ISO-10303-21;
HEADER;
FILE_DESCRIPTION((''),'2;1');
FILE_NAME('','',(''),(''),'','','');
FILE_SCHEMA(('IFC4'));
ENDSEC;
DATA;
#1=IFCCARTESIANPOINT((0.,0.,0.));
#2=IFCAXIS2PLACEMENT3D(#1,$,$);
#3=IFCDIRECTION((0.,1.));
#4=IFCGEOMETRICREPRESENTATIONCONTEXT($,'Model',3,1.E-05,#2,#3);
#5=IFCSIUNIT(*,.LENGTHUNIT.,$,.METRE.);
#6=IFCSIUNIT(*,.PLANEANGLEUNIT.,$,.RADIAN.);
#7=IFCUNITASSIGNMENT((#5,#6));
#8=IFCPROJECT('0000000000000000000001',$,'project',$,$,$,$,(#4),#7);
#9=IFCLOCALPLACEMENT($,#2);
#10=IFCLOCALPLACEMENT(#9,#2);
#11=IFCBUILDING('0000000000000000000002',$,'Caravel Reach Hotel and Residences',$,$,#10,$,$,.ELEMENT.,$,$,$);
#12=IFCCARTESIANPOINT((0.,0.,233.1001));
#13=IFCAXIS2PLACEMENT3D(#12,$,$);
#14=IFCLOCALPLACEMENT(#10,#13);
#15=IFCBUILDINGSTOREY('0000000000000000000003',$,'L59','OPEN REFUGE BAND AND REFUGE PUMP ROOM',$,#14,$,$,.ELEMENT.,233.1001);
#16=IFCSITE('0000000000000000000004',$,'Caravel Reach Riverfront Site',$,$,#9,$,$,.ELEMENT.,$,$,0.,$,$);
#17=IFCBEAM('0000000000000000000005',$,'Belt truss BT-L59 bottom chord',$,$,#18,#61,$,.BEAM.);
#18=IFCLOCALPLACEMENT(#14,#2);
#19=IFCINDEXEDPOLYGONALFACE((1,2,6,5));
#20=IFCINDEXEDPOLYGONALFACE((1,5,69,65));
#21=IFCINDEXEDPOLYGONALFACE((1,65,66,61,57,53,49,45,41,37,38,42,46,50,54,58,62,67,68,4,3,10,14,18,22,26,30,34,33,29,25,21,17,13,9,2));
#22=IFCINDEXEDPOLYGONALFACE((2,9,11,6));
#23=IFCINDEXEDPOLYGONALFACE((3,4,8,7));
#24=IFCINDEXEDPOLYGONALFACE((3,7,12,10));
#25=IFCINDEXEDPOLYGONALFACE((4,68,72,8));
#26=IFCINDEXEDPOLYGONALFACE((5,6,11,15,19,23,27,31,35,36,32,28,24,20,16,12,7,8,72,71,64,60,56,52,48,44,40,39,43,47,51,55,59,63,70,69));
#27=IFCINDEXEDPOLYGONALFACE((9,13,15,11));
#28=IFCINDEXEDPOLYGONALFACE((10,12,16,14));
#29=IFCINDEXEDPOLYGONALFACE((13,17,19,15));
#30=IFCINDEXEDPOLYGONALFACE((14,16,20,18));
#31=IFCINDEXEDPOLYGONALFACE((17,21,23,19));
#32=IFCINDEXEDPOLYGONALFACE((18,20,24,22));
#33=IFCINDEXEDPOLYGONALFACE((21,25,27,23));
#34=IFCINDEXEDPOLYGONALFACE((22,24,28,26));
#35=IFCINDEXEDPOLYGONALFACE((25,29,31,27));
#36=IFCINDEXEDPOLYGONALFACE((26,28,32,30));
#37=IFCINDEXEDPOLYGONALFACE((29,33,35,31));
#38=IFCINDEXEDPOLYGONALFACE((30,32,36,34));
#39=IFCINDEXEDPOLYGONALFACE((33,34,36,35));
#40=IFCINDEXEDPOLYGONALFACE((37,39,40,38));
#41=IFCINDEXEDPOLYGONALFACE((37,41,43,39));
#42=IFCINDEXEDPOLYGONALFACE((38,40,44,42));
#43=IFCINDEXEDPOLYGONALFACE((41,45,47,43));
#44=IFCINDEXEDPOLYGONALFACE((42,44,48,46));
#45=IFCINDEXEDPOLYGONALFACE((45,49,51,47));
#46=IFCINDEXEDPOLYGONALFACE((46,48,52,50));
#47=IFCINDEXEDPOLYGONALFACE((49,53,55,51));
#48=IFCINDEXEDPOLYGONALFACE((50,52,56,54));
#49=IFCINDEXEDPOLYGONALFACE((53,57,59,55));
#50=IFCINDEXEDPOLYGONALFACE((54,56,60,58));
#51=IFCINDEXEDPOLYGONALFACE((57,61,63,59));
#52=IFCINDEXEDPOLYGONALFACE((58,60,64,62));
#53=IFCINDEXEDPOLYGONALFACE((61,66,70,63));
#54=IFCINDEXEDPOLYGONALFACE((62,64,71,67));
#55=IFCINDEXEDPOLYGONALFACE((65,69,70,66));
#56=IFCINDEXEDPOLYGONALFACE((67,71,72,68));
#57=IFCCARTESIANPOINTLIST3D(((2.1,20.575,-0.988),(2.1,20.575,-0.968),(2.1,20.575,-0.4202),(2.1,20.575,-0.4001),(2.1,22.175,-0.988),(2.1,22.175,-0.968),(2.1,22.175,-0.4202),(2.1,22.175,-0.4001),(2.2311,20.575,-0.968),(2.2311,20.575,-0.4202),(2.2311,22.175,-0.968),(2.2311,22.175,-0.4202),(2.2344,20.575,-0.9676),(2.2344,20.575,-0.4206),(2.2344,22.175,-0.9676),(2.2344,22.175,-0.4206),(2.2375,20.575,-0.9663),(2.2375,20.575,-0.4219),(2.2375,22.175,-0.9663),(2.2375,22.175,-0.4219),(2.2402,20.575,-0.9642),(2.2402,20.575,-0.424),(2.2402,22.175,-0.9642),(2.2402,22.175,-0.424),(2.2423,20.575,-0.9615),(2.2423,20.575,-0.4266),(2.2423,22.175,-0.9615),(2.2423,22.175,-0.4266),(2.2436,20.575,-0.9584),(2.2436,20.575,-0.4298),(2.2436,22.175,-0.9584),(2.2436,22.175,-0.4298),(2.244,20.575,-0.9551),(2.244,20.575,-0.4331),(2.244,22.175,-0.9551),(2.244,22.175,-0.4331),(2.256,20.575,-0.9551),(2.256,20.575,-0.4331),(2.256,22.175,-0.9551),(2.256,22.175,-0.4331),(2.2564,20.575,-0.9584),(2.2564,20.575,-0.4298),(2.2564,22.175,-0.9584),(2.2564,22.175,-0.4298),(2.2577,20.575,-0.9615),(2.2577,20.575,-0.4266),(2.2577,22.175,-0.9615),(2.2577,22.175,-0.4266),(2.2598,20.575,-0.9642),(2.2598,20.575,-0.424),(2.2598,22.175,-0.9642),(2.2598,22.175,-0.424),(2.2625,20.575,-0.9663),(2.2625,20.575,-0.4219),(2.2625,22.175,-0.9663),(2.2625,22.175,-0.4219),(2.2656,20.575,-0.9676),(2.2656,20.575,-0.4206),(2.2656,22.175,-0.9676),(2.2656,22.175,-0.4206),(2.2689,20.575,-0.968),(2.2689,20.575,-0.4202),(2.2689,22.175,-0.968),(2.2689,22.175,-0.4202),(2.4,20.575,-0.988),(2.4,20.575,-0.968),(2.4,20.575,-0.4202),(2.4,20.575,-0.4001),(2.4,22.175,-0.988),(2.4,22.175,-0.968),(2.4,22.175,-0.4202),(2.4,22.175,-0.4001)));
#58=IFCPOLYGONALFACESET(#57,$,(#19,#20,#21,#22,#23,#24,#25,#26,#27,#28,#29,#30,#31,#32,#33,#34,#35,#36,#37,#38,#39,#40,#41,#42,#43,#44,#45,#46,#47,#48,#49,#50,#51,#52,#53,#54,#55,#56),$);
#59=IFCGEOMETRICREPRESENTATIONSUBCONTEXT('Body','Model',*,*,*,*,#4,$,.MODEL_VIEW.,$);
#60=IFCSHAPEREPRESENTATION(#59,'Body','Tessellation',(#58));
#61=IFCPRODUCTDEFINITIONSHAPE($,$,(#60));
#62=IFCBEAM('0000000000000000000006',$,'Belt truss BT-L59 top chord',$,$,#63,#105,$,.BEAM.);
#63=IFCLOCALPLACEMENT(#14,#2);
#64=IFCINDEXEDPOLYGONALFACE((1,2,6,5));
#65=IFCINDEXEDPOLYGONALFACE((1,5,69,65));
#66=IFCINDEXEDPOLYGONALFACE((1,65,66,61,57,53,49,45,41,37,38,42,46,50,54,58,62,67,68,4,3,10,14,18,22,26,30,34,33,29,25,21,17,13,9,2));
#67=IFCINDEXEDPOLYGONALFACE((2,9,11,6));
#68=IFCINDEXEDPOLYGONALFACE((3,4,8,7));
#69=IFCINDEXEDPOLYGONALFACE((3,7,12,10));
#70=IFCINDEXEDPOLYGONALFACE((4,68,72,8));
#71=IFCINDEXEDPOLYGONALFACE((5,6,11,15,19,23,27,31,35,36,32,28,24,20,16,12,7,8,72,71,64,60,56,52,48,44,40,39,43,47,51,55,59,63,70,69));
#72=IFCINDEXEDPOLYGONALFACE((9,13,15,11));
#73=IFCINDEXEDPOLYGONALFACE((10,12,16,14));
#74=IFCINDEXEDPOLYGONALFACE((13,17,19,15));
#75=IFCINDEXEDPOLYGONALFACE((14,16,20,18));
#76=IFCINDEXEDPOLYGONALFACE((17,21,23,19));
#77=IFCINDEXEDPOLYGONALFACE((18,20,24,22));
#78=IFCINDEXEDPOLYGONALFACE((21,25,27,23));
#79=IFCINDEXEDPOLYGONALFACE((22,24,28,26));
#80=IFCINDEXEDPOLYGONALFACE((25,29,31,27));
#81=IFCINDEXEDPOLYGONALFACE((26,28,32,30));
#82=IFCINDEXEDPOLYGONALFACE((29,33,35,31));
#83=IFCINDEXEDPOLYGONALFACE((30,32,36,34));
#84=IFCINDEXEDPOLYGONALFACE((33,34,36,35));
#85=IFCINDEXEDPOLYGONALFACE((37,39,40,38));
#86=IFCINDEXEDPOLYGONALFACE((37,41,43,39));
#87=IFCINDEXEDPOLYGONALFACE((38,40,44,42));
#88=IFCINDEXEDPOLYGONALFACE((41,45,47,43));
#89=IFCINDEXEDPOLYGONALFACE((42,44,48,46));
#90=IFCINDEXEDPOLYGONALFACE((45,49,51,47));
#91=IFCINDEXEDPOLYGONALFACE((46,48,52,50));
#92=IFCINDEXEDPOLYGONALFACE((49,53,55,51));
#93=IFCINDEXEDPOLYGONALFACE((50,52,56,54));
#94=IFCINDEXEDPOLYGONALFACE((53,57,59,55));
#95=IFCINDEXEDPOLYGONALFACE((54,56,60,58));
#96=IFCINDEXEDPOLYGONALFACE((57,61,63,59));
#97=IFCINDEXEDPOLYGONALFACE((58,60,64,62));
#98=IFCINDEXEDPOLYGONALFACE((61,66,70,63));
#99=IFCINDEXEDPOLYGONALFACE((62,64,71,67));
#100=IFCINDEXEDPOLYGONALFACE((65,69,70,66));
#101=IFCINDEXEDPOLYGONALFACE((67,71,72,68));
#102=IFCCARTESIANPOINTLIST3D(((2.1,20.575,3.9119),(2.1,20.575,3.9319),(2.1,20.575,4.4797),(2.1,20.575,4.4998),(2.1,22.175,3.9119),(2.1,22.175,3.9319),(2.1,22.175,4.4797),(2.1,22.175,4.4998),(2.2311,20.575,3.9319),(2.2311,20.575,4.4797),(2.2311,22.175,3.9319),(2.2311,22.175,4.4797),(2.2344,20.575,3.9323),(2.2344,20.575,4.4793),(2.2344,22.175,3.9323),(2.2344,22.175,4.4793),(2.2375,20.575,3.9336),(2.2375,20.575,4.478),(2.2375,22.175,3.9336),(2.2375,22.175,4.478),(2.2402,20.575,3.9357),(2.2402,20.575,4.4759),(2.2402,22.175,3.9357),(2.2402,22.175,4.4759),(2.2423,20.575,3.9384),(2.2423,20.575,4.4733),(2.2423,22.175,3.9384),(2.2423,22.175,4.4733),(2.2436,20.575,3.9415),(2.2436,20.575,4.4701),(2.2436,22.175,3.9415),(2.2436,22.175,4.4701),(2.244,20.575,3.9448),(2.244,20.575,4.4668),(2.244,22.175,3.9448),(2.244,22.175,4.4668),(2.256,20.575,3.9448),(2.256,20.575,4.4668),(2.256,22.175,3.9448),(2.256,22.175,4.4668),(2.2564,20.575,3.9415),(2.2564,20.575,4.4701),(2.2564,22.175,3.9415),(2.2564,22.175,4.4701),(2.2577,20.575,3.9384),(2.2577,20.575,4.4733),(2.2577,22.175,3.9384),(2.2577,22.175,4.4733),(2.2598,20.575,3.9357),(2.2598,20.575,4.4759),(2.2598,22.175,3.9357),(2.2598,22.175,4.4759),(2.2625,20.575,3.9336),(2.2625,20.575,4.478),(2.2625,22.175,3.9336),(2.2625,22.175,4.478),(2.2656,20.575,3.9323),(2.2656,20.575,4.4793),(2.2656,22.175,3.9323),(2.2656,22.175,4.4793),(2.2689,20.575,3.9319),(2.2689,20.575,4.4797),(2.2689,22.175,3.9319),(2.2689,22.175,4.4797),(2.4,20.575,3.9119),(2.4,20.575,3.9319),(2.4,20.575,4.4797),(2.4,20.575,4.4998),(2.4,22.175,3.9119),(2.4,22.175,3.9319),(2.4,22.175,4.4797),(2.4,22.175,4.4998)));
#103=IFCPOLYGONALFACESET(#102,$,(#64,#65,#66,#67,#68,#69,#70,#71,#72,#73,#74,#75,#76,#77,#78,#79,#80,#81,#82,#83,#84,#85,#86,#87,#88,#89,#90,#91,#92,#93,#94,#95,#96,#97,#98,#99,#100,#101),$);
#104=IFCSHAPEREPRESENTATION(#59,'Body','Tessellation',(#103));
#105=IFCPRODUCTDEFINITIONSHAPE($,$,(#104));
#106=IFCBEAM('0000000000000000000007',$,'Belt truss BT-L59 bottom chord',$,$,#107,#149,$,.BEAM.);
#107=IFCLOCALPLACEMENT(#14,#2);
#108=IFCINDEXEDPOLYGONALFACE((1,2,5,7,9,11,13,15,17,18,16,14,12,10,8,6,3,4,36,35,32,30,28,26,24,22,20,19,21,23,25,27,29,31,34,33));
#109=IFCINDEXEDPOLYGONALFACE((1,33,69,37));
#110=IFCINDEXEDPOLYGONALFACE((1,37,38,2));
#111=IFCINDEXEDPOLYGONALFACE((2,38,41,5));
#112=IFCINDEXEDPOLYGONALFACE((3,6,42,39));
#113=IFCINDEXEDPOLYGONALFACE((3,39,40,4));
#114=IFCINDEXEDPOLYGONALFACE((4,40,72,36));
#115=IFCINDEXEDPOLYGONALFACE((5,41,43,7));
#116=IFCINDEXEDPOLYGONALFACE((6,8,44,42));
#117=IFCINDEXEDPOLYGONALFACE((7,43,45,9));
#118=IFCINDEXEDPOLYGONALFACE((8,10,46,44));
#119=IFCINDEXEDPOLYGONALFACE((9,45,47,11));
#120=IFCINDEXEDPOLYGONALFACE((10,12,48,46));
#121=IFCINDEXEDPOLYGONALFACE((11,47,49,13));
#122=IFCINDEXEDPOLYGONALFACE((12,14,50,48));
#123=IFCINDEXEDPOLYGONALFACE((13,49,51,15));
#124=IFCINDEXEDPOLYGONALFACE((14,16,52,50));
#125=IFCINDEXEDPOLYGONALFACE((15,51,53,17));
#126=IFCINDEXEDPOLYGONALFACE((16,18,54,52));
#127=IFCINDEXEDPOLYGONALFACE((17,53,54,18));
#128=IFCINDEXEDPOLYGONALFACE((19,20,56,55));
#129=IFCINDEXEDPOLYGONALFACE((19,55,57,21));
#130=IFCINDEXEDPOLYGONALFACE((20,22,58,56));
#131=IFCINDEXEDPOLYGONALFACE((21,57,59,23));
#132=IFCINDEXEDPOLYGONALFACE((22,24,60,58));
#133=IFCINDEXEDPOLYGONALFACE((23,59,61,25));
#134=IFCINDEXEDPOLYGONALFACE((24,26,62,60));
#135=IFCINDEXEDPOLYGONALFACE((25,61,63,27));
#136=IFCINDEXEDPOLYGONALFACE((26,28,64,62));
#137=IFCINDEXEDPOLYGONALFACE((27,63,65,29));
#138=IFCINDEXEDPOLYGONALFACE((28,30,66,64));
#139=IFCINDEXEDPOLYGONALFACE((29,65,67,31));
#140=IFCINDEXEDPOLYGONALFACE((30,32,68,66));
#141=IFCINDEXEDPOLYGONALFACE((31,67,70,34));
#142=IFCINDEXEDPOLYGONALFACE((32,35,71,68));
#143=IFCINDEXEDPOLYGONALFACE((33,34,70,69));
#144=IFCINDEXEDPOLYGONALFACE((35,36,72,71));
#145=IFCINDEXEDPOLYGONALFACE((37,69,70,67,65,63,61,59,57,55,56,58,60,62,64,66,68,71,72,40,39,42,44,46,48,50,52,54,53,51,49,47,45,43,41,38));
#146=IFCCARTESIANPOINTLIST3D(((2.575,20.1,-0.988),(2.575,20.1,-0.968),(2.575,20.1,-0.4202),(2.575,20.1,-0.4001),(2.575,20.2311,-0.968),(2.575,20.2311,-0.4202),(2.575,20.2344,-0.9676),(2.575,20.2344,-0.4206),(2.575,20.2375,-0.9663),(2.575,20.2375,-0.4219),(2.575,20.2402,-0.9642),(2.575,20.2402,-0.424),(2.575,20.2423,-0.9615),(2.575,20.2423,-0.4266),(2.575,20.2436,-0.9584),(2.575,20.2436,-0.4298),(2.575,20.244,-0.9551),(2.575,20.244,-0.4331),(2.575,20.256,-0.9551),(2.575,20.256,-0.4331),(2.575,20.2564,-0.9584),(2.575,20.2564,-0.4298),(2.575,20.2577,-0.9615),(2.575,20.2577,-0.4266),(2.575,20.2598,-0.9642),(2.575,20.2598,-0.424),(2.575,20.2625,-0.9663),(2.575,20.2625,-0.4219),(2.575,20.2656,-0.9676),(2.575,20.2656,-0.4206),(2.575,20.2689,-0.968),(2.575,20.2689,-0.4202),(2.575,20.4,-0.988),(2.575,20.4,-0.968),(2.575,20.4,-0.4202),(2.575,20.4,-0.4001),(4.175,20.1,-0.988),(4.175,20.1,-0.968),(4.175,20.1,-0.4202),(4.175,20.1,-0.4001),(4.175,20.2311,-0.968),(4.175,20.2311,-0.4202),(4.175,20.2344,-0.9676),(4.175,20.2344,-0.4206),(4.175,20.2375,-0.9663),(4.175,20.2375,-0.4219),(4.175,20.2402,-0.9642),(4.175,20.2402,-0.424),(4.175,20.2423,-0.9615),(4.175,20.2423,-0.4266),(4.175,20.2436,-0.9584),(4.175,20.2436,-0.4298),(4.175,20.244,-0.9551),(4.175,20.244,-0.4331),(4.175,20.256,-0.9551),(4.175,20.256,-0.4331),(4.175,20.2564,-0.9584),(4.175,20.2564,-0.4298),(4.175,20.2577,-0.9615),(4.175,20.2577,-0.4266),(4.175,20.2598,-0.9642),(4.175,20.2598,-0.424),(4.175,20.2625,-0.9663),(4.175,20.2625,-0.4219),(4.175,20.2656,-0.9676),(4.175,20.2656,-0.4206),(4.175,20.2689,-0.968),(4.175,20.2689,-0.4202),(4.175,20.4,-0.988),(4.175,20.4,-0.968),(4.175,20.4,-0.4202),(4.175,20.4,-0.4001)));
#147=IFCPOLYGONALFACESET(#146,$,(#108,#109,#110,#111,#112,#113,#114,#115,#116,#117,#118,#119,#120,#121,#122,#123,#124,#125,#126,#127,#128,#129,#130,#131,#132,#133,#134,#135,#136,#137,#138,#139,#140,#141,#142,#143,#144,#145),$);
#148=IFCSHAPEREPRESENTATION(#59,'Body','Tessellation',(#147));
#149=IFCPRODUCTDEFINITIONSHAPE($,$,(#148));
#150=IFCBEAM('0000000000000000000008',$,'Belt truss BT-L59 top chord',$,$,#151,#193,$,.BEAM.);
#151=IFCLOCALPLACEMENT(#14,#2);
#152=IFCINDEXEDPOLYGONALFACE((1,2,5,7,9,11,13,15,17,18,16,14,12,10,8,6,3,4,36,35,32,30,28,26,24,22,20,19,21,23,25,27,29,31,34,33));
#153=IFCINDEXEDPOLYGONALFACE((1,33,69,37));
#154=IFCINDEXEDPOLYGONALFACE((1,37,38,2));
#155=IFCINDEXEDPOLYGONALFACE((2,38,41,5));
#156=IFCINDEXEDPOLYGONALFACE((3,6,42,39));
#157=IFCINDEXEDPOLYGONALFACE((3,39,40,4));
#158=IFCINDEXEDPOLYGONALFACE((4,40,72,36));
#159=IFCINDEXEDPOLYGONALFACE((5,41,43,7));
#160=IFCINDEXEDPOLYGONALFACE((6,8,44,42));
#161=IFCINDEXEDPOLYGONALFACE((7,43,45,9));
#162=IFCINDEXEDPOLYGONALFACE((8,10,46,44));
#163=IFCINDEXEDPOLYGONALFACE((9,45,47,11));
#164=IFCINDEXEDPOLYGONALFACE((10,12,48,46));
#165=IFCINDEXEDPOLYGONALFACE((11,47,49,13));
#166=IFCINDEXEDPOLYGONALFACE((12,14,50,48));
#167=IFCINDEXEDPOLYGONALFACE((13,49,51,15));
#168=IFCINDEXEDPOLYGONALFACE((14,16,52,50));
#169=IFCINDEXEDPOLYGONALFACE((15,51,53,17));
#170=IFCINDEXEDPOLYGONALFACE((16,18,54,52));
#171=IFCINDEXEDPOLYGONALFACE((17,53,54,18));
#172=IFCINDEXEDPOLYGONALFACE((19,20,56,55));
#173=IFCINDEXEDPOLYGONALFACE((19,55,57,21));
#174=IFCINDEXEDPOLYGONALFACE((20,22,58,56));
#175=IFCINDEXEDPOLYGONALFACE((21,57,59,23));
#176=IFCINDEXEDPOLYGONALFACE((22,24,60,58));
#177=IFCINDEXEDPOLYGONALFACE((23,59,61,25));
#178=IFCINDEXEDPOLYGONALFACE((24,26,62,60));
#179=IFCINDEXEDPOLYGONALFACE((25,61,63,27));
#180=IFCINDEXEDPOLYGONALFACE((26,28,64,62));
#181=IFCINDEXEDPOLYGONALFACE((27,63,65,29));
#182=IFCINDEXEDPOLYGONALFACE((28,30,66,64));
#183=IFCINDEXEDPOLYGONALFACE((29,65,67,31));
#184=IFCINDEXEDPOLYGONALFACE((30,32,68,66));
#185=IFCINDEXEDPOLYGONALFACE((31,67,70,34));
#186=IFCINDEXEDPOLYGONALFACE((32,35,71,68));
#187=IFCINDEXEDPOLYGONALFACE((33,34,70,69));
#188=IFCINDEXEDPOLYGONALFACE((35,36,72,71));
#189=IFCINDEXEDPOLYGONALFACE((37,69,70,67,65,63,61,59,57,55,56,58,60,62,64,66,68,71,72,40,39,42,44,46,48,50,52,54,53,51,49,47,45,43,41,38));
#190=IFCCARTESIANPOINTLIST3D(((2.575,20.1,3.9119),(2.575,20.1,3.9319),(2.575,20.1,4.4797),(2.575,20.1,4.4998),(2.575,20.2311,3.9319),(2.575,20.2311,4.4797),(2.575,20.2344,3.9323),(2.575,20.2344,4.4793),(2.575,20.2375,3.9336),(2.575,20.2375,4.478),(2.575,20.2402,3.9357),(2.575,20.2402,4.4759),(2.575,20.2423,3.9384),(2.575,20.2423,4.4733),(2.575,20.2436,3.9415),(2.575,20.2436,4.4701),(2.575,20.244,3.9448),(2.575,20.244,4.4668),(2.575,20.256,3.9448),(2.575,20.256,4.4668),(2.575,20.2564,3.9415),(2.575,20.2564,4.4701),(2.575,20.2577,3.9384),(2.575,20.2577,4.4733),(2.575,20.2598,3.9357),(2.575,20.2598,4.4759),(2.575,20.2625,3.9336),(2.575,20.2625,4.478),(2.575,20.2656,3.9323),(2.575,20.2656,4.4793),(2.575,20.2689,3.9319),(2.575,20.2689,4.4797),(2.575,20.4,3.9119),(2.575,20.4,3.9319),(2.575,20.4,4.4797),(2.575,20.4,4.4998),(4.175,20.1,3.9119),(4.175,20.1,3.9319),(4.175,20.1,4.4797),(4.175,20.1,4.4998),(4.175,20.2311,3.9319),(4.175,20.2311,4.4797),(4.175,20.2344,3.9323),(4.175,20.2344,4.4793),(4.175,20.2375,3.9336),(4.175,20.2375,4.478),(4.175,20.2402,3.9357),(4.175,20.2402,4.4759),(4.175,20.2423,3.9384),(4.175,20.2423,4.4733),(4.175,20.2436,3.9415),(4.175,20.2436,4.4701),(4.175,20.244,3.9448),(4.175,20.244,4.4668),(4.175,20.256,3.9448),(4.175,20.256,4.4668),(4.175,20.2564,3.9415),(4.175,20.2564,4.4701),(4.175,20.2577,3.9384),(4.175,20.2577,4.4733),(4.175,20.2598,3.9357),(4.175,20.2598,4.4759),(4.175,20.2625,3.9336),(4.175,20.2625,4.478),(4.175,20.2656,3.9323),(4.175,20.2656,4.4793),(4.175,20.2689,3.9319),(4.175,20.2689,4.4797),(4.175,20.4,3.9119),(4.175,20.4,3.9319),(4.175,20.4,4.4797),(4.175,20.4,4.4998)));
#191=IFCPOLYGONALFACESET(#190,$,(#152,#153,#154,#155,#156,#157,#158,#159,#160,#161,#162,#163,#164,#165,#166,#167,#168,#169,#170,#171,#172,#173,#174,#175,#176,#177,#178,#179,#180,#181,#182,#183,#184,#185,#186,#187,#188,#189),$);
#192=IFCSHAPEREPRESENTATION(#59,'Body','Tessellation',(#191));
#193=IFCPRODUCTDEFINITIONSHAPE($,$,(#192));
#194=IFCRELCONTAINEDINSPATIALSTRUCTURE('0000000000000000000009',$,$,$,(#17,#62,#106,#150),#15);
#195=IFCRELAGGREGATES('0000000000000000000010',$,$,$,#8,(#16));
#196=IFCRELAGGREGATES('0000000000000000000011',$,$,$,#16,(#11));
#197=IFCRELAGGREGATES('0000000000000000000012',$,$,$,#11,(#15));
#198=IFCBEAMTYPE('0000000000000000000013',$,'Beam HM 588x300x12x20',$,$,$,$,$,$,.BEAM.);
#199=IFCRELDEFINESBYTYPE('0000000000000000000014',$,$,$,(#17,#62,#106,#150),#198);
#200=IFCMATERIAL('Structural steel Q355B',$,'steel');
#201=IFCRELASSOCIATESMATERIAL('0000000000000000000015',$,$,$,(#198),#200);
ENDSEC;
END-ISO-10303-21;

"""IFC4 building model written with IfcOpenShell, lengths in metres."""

from ifc_helpers import new_model, si_unit, direction, frame, origin, origin_2d, place, context, subcontext, project, spatial, i_section, extrude, material, material_profile, profile_set, type_object, element, save


model = new_model("IFC4")

# Units and contexts
model_context = context("Model", 3, precision=1e-05, world=origin(), true_north=direction((0.0, 1.0)))
body_context = subcontext(model_context, "Body", "Model", "MODEL_VIEW")
ifc_project = project(units=[si_unit("LENGTHUNIT", "METRE"), si_unit("PLANEANGLEUNIT", "RADIAN")], contexts=[model_context])

# Site, building, storey
site_placement = place(None, origin())
site = spatial("IfcSite", under=ifc_project, at=site_placement, Name="Caravel Reach Riverfront Site", CompositionType="ELEMENT", RefElevation=0.0)
building_placement = place(site_placement, origin())
building = spatial("IfcBuilding", under=site, at=building_placement, Name="Caravel Reach Hotel and Residences", CompositionType="ELEMENT")
storey_placement = place(building_placement, frame((0.0, 0.0, 233.1001)))
storey = spatial("IfcBuildingStorey", under=building, at=storey_placement, Name="L59", Description="OPEN REFUGE BAND AND REFUGE PUMP ROOM", CompositionType="ELEMENT", Elevation=233.1001)

# Beams
ifc_material_1 = material(Name="Structural steel Q355B", Category="steel")
ifc_material_profile_1 = material_profile(ifc_material_1, i_section(OverallWidth=0.3, OverallDepth=0.5879, WebThickness=0.012, FlangeThickness=0.02, FilletRadius=0.0129, at=origin_2d()), Name="HM 588x300x12x20")
ifc_profile_set_1 = profile_set([ifc_material_profile_1], Name="Structural steel Q355B")
beam_type_1 = type_object("IfcBeamType", Name="Beam HM 588x300x12x20", PredefinedType="BEAM", material=ifc_profile_set_1)
for number, where, z_axis, x_axis, name in (
    (1, (2.25, 22.175, -0.6941), (0.0, -1.0, 0.0), (1.0, 0.0, 0.0), "Belt truss BT-L59 bottom chord"),
    (2, (2.25, 22.175, 4.2058), (0.0, -1.0, 0.0), (1.0, 0.0, 0.0), "Belt truss BT-L59 top chord"),
    (3, (2.575, 20.25, -0.6941), (1.0, 0.0, 0.0), (0.0, 1.0, 0.0), "Belt truss BT-L59 bottom chord"),
    (4, (2.575, 20.25, 4.2058), (1.0, 0.0, 0.0), (0.0, 1.0, 0.0), "Belt truss BT-L59 top chord"),
):
    element("IfcBeam", number, at=place(storey_placement, frame(where, z_axis=z_axis, x_axis=x_axis)), inside=storey, type_object=beam_type_1, Name=name, PredefinedType="BEAM", context=body_context, shape_type="SweptSolid", body=[
        extrude(i_section(OverallWidth=0.3, OverallDepth=0.5879, WebThickness=0.012, FlangeThickness=0.02, FilletRadius=0.0129, at=origin_2d()), origin(), (0.0, 0.0, 1.0), 1.6001),
    ])

save(model, "model.ifc")
